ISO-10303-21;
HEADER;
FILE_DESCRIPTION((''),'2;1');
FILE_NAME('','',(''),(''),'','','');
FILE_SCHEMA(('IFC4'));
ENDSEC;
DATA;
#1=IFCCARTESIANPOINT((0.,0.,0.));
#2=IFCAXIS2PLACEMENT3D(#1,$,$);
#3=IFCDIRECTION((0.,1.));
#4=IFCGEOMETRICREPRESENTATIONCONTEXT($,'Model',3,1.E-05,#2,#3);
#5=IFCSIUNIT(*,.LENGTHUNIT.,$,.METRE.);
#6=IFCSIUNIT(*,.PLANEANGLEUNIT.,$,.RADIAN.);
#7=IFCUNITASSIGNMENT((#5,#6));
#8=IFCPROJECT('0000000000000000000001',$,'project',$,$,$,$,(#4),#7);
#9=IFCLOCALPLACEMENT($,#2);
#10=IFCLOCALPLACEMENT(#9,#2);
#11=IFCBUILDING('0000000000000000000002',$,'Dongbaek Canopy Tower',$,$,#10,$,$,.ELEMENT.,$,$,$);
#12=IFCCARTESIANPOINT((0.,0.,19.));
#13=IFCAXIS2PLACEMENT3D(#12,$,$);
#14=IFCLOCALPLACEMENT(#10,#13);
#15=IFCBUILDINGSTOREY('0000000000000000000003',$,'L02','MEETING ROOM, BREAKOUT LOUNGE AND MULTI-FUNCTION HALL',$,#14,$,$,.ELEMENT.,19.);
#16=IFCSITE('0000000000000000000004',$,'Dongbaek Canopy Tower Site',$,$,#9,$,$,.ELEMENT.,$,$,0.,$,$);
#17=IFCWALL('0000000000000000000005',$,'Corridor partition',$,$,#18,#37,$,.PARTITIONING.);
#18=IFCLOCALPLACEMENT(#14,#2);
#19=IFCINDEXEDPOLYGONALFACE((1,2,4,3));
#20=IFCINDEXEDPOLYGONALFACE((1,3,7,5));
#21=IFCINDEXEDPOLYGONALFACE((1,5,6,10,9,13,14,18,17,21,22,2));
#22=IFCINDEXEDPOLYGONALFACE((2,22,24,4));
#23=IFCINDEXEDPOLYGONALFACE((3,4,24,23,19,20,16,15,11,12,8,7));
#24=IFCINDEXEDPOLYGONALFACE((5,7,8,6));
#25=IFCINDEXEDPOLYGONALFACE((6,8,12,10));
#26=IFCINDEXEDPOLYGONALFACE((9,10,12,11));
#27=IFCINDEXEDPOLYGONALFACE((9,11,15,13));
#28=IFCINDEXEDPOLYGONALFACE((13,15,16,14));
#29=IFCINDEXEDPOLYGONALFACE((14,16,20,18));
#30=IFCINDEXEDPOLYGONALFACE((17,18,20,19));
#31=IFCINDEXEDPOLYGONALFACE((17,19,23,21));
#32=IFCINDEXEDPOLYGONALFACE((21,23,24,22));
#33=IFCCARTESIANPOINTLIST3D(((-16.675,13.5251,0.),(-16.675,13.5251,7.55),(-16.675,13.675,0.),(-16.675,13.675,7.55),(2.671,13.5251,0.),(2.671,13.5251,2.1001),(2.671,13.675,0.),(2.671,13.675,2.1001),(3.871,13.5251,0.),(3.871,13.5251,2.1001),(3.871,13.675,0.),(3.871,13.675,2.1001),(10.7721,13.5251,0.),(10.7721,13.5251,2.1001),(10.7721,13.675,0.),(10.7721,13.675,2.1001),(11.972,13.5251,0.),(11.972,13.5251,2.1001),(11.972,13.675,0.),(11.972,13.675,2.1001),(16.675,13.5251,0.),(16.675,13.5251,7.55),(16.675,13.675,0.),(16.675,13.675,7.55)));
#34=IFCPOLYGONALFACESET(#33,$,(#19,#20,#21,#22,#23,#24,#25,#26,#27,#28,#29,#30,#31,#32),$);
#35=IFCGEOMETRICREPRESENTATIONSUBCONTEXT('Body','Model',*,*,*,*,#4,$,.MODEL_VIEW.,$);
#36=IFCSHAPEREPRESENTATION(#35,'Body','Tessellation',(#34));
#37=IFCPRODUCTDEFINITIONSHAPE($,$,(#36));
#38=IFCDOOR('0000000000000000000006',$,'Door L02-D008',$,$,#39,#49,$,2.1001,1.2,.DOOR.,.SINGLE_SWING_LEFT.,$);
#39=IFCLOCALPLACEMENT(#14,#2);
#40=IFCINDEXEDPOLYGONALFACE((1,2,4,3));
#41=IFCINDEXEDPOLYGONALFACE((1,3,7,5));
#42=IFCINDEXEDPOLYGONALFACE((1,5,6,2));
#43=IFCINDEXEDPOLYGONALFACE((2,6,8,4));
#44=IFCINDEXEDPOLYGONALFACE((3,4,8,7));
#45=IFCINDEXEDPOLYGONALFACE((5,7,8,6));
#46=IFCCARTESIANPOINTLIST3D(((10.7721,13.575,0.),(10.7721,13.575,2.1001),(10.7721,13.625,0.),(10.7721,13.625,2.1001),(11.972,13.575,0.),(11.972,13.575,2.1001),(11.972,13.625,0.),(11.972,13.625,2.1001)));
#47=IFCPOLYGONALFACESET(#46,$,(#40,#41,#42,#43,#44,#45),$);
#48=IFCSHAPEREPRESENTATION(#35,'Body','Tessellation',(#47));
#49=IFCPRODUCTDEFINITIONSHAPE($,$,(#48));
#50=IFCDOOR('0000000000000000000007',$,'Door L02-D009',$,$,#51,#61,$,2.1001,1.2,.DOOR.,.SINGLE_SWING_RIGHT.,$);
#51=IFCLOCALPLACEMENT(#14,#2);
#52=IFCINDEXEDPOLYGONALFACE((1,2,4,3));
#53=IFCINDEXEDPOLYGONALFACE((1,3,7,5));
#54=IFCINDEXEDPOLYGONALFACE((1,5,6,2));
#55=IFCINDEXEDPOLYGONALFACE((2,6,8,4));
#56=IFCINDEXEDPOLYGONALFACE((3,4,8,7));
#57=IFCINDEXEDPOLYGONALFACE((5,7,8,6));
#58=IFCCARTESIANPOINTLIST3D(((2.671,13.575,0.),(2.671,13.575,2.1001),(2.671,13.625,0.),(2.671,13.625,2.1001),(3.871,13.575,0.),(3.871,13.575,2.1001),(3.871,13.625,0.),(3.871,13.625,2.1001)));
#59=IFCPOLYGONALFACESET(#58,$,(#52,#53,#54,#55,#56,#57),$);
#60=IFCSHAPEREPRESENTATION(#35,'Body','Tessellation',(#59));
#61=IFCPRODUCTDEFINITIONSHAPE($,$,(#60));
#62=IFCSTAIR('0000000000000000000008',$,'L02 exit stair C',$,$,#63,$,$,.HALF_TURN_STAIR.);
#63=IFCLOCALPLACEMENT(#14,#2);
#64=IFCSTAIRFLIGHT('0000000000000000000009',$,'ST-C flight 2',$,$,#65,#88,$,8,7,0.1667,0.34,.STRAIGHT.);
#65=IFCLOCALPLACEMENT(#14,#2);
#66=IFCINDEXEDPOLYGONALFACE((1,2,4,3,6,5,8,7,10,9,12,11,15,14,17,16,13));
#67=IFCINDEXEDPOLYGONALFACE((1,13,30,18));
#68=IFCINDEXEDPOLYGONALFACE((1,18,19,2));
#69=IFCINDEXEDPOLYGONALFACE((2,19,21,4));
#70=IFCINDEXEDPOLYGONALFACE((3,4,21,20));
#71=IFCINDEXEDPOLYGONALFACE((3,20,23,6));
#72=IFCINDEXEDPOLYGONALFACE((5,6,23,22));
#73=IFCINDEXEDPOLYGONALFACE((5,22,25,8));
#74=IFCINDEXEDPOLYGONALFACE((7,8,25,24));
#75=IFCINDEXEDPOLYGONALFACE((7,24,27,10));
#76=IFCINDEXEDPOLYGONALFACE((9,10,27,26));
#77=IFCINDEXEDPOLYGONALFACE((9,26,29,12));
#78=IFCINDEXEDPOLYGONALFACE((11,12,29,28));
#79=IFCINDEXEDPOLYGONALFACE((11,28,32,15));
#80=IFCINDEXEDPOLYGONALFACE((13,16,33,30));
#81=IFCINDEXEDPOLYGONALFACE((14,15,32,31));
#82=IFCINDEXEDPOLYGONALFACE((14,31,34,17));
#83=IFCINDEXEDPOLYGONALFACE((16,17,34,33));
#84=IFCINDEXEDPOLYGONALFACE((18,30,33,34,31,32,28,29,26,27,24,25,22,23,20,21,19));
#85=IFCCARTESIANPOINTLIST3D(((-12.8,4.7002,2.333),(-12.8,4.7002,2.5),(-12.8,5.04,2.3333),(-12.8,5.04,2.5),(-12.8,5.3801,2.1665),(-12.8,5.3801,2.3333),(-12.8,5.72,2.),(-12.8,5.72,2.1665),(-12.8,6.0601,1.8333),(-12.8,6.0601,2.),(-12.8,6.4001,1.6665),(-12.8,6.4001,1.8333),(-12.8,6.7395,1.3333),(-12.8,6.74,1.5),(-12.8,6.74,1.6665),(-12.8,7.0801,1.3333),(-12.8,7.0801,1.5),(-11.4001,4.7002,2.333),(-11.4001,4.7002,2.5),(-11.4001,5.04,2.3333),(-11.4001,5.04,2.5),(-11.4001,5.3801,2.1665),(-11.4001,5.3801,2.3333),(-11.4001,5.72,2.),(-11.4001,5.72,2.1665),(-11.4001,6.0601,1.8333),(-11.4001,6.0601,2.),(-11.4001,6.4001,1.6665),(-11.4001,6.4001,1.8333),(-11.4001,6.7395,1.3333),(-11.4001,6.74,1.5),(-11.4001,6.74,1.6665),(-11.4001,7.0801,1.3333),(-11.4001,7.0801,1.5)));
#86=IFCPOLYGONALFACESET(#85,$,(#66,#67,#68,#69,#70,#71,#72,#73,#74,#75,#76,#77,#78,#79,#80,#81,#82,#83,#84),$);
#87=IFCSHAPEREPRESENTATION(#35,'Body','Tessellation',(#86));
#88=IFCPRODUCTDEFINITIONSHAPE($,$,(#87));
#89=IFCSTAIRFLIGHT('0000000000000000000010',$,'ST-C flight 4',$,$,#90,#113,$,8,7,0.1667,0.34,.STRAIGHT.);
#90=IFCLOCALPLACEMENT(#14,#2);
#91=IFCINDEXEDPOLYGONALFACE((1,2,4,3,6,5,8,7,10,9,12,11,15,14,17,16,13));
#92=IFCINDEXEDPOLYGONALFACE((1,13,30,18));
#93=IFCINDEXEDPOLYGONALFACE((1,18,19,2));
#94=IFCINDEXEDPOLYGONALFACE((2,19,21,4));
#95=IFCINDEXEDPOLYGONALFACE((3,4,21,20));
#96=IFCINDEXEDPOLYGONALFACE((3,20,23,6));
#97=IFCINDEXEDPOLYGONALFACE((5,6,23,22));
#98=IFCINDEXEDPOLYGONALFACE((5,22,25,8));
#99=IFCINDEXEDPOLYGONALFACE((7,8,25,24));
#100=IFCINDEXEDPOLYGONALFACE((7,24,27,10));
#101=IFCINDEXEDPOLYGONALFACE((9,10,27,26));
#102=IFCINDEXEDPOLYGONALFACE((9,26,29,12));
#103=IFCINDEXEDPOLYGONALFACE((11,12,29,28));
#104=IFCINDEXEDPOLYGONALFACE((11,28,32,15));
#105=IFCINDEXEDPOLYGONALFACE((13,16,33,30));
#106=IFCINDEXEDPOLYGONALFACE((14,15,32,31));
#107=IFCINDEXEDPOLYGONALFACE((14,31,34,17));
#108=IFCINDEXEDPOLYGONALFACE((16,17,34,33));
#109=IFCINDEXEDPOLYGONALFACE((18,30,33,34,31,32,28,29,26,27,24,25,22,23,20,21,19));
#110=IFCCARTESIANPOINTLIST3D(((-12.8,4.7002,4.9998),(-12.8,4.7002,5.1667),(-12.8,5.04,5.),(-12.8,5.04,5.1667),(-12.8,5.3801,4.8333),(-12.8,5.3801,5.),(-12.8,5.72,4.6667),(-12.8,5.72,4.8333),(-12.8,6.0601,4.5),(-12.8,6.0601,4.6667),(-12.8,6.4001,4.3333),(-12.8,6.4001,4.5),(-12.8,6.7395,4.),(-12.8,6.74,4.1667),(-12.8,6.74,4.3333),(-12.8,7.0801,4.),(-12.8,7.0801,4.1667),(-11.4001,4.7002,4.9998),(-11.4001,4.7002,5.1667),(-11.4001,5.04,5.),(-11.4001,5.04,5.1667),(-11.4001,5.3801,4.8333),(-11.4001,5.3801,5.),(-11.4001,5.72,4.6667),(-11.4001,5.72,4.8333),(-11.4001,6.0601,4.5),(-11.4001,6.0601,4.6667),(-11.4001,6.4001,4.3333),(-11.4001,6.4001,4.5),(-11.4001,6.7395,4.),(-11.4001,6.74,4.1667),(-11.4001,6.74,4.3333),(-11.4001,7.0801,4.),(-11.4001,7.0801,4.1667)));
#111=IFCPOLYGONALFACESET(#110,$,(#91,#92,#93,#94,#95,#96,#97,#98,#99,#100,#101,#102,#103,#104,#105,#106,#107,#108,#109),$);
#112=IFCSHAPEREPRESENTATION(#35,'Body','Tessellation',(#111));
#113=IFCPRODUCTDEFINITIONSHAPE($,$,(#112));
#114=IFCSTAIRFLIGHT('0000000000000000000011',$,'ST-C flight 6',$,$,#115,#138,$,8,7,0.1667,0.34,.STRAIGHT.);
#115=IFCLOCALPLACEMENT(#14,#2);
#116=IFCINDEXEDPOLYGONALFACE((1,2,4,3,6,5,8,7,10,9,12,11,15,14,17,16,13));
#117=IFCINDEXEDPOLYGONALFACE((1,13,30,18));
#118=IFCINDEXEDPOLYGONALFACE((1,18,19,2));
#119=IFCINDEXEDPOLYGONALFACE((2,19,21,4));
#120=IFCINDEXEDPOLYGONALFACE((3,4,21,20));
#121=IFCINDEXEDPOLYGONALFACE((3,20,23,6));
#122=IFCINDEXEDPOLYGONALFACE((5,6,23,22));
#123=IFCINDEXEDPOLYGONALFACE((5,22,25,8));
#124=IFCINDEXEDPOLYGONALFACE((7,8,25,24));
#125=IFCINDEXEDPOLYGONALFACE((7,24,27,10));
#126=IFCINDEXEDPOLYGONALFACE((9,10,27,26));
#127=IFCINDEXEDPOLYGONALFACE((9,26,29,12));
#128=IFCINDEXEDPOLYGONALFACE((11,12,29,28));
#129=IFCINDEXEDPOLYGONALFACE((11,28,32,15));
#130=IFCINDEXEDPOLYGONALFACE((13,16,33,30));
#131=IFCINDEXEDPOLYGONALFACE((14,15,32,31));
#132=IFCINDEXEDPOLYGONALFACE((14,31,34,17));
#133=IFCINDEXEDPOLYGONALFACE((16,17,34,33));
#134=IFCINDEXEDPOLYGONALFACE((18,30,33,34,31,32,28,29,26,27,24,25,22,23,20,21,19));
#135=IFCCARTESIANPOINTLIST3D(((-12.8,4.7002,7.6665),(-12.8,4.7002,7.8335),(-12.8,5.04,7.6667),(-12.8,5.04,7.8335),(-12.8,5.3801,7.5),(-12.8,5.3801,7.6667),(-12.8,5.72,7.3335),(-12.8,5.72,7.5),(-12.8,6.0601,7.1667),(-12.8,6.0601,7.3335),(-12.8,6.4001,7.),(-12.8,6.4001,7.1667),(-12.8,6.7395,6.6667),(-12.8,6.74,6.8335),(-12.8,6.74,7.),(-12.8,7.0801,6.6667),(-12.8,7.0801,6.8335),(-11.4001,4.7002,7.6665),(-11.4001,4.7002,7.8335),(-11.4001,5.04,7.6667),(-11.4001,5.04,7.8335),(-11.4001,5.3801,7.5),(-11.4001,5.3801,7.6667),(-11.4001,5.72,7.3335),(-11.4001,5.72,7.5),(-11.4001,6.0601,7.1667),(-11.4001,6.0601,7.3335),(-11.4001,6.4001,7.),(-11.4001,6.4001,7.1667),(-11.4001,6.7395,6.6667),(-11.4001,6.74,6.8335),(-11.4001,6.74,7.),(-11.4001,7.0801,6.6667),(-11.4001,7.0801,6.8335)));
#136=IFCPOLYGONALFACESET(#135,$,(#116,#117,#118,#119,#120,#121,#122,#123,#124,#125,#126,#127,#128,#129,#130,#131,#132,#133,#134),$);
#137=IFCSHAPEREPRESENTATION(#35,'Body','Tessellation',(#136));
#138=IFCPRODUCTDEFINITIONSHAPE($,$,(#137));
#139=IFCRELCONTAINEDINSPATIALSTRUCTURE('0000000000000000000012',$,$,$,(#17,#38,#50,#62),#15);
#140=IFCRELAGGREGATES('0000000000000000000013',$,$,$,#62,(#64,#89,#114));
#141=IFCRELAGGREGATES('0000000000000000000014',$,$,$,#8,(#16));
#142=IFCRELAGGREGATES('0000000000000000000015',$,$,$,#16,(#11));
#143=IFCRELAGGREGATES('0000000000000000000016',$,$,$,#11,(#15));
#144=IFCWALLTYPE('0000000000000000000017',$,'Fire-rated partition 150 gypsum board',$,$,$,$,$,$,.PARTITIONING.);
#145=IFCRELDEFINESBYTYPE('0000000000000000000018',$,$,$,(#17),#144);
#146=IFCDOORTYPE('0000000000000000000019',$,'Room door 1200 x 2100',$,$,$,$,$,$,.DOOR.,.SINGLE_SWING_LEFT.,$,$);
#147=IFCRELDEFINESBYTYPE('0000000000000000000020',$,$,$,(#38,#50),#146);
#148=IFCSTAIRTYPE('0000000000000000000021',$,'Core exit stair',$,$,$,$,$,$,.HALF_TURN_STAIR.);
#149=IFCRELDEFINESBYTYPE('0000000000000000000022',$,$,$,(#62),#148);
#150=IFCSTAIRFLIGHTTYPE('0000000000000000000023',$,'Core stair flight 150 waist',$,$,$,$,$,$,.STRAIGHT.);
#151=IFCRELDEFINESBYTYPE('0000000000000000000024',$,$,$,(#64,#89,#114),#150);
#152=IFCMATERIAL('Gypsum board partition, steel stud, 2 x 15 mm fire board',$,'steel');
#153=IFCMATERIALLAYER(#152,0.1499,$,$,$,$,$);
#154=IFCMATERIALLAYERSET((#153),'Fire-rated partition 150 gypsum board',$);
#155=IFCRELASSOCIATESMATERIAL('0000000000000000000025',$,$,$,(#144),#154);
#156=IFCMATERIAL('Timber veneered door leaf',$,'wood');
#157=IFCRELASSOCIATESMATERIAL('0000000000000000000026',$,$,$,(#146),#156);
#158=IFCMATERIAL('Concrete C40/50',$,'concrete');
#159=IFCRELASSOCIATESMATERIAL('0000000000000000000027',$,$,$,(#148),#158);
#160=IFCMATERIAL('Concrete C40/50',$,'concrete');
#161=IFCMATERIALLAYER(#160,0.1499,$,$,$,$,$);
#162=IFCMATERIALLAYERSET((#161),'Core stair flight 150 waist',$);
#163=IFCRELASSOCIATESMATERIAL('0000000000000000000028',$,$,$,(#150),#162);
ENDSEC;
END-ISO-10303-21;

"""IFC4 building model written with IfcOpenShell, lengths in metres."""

from ifc_helpers import new_model, si_unit, direction, frame, frame_2d, origin, place, context, subcontext, project, spatial, polyline, rectangle, outline, extrude, material, layer, layer_set, type_object, element, fill, aggregate, save


model = new_model("IFC4")

# Units and contexts
model_context = context("Model", 3, precision=1e-05, world=origin(), true_north=direction((0.0, 1.0)))
body_context = subcontext(model_context, "Body", "Model", "MODEL_VIEW")
ifc_project = project(units=[si_unit("LENGTHUNIT", "METRE"), si_unit("PLANEANGLEUNIT", "RADIAN")], contexts=[model_context])

# Site, building, storey
site_placement = place(None, origin())
site = spatial("IfcSite", under=ifc_project, at=site_placement, Name="Dongbaek Canopy Tower Site", CompositionType="ELEMENT", RefElevation=0.0)
building_placement = place(site_placement, origin())
building = spatial("IfcBuilding", under=site, at=building_placement, Name="Dongbaek Canopy Tower", CompositionType="ELEMENT")
storey_placement = place(building_placement, frame((0.0, 0.0, 19.0)))
storey = spatial("IfcBuildingStorey", under=building, at=storey_placement, Name="L02", Description="MEETING ROOM, BREAKOUT LOUNGE AND MULTI-FUNCTION HALL", CompositionType="ELEMENT", Elevation=19.0)

# Wall, openings, doors
ifc_material_1 = material(Name="Gypsum board partition, steel stud, 2 x 15 mm fire board", Category="steel")
ifc_layer_1 = layer(ifc_material_1, 0.1499)
ifc_layer_set_1 = layer_set([ifc_layer_1], Name="Fire-rated partition 150 gypsum board")
wall_type_1 = type_object("IfcWallType", Name="Fire-rated partition 150 gypsum board", PredefinedType="PARTITIONING", material=ifc_layer_set_1)
wall_1_placement = place(storey_placement, frame((-16.675, 13.6001, 0.0), z_axis=(0.0, 0.0, 1.0), x_axis=(1.0, 0.0, 0.0)))
wall_1 = element("IfcWall", 1, at=wall_1_placement, inside=storey, type_object=wall_type_1, Name="Corridor partition", PredefinedType="PARTITIONING", context=body_context, shape_type="SweptSolid", body=[
    extrude(rectangle(XDim=33.3501, YDim=0.1499, at=frame_2d((16.675, 0.0))), origin(), (0.0, 0.0, 1.0), 7.55),
])
opening_1_placement = place(wall_1_placement, frame((27.447, 0.0, 0.0)))
opening_1 = element("IfcOpeningElement", 2, at=opening_1_placement, cuts=wall_1, PredefinedType="OPENING", context=body_context, shape_type="SweptSolid", body=[
    extrude(rectangle(XDim=1.2, YDim=2.1001, at=frame_2d((0.6001, 1.05))), frame((0.0, 0.085, 0.0), z_axis=(0.0, -1.0, 0.0), x_axis=(1.0, 0.0, 0.0)), (0.0, 0.0, 1.0), 0.1699),
])
opening_2_placement = place(wall_1_placement, frame((19.3459, 0.0, 0.0)))
opening_2 = element("IfcOpeningElement", 3, at=opening_2_placement, cuts=wall_1, PredefinedType="OPENING", context=body_context, shape_type="SweptSolid", body=[
    extrude(rectangle(XDim=1.2, YDim=2.1001, at=frame_2d((0.6001, 1.05))), frame((0.0, 0.085, 0.0), z_axis=(0.0, -1.0, 0.0), x_axis=(1.0, 0.0, 0.0)), (0.0, 0.0, 1.0), 0.1699),
])
ifc_material_2 = material(Name="Timber veneered door leaf", Category="wood")
door_type_1 = type_object("IfcDoorType", Name="Room door 1200 x 2100", OperationType="SINGLE_SWING_LEFT", PredefinedType="DOOR", material=ifc_material_2)
door_1_placement = place(opening_1_placement, origin())
door_1 = element("IfcDoor", 4, at=door_1_placement, inside=storey, type_object=door_type_1, Name="Door L02-D008", OperationType="SINGLE_SWING_LEFT", OverallHeight=2.1001, OverallWidth=1.2, PredefinedType="DOOR", context=body_context, shape_type="SweptSolid", body=[
    extrude(rectangle(XDim=1.2, YDim=2.1001, at=frame_2d((0.6001, 1.05))), frame((0.0, 0.0249, 0.0), z_axis=(0.0, -1.0, 0.0), x_axis=(1.0, 0.0, 0.0)), (0.0, 0.0, 1.0), 0.05),
])
fill(opening_1, door_1)
door_2_placement = place(opening_2_placement, origin())
door_2 = element("IfcDoor", 5, at=door_2_placement, inside=storey, type_object=door_type_1, Name="Door L02-D009", OperationType="SINGLE_SWING_RIGHT", OverallHeight=2.1001, OverallWidth=1.2, PredefinedType="DOOR", context=body_context, shape_type="SweptSolid", body=[
    extrude(rectangle(XDim=1.2, YDim=2.1001, at=frame_2d((0.6001, 1.05))), frame((0.0, 0.0249, 0.0), z_axis=(0.0, -1.0, 0.0), x_axis=(1.0, 0.0, 0.0)), (0.0, 0.0, 1.0), 0.05),
])
fill(opening_2, door_2)

# Stair, stair flights
ifc_material_3 = material(Name="Concrete C40/50", Category="concrete")
stair_type = type_object("IfcStairType", Name="Core exit stair", PredefinedType="HALF_TURN_STAIR", material=ifc_material_3)
stair_placement = place(storey_placement, origin())
stair = element("IfcStair", 6, at=stair_placement, inside=storey, type_object=stair_type, Name="L02 exit stair C", PredefinedType="HALF_TURN_STAIR")
ifc_material_4 = material(Name="Concrete C40/50", Category="concrete")
ifc_layer_2 = layer(ifc_material_4, 0.1499)
ifc_layer_set_2 = layer_set([ifc_layer_2], Name="Core stair flight 150 waist")
stair_flight_type = type_object("IfcStairFlightType", Name="Core stair flight 150 waist", PredefinedType="STRAIGHT", material=ifc_layer_set_2)
stair_flight_1_placement = place(storey_placement, frame((-12.1001, 7.0801, 1.3333), z_axis=(0.0, 0.0, 1.0), x_axis=(0.0, -1.0, 0.0)))
stair_flight_1 = element("IfcStairFlight", 7, at=stair_flight_1_placement, type_object=stair_flight_type, Name="ST-C flight 2", NumberOfRisers=8, NumberOfTreads=7, PredefinedType="STRAIGHT", RiserHeight=0.1667, TreadLength=0.34, context=body_context, shape_type="SweptSolid", body=[
    extrude(outline(polyline([(0.0, 0.0), (0.0, 0.1667), (0.3401, 0.1667), (0.3401, 0.3333), (0.6799, 0.3333), (0.6799, 0.5), (1.02, 0.5), (1.02, 0.6667), (1.3601, 0.6667), (1.3601, 0.8333), (1.7, 0.8333), (1.7, 1.0), (2.04, 1.0), (2.04, 1.1667), (2.3799, 1.1667), (2.3799, 1.3333), (2.3799, 0.9998), (0.3406, 0.0), (0.0, 0.0)])), frame((0.0, 0.7, 0.0), z_axis=(0.0, -1.0, 0.0), x_axis=(1.0, 0.0, 0.0)), (0.0, 0.0, 1.0), 1.3999),
])
stair_flight_2_placement = place(storey_placement, frame((-12.1001, 7.0801, 4.0), z_axis=(0.0, 0.0, 1.0), x_axis=(0.0, -1.0, 0.0)))
stair_flight_2 = element("IfcStairFlight", 8, at=stair_flight_2_placement, type_object=stair_flight_type, Name="ST-C flight 4", NumberOfRisers=8, NumberOfTreads=7, PredefinedType="STRAIGHT", RiserHeight=0.1667, TreadLength=0.34, context=body_context, shape_type="SweptSolid", body=[
    extrude(outline(polyline([(0.0, 0.0), (0.0, 0.1667), (0.3401, 0.1667), (0.3401, 0.3333), (0.6799, 0.3333), (0.6799, 0.5), (1.02, 0.5), (1.02, 0.6667), (1.3601, 0.6667), (1.3601, 0.8333), (1.7, 0.8333), (1.7, 1.0), (2.04, 1.0), (2.04, 1.1667), (2.3799, 1.1667), (2.3799, 1.3333), (2.3799, 0.9998), (0.3406, 0.0), (0.0, 0.0)])), frame((0.0, 0.7, 0.0), z_axis=(0.0, -1.0, 0.0), x_axis=(1.0, 0.0, 0.0)), (0.0, 0.0, 1.0), 1.3999),
])
stair_flight_3_placement = place(storey_placement, frame((-12.1001, 7.0801, 6.6667), z_axis=(0.0, 0.0, 1.0), x_axis=(0.0, -1.0, 0.0)))
stair_flight_3 = element("IfcStairFlight", 9, at=stair_flight_3_placement, type_object=stair_flight_type, Name="ST-C flight 6", NumberOfRisers=8, NumberOfTreads=7, PredefinedType="STRAIGHT", RiserHeight=0.1667, TreadLength=0.34, context=body_context, shape_type="SweptSolid", body=[
    extrude(outline(polyline([(0.0, 0.0), (0.0, 0.1667), (0.3401, 0.1667), (0.3401, 0.3333), (0.6799, 0.3333), (0.6799, 0.5), (1.02, 0.5), (1.02, 0.6667), (1.3601, 0.6667), (1.3601, 0.8333), (1.7, 0.8333), (1.7, 1.0), (2.04, 1.0), (2.04, 1.1667), (2.3799, 1.1667), (2.3799, 1.3333), (2.3799, 0.9998), (0.3406, 0.0), (0.0, 0.0)])), frame((0.0, 0.7, 0.0), z_axis=(0.0, -1.0, 0.0), x_axis=(1.0, 0.0, 0.0)), (0.0, 0.0, 1.0), 1.3999),
])
aggregate(stair, [stair_flight_1, stair_flight_2, stair_flight_3])

save(model, "model.ifc")
